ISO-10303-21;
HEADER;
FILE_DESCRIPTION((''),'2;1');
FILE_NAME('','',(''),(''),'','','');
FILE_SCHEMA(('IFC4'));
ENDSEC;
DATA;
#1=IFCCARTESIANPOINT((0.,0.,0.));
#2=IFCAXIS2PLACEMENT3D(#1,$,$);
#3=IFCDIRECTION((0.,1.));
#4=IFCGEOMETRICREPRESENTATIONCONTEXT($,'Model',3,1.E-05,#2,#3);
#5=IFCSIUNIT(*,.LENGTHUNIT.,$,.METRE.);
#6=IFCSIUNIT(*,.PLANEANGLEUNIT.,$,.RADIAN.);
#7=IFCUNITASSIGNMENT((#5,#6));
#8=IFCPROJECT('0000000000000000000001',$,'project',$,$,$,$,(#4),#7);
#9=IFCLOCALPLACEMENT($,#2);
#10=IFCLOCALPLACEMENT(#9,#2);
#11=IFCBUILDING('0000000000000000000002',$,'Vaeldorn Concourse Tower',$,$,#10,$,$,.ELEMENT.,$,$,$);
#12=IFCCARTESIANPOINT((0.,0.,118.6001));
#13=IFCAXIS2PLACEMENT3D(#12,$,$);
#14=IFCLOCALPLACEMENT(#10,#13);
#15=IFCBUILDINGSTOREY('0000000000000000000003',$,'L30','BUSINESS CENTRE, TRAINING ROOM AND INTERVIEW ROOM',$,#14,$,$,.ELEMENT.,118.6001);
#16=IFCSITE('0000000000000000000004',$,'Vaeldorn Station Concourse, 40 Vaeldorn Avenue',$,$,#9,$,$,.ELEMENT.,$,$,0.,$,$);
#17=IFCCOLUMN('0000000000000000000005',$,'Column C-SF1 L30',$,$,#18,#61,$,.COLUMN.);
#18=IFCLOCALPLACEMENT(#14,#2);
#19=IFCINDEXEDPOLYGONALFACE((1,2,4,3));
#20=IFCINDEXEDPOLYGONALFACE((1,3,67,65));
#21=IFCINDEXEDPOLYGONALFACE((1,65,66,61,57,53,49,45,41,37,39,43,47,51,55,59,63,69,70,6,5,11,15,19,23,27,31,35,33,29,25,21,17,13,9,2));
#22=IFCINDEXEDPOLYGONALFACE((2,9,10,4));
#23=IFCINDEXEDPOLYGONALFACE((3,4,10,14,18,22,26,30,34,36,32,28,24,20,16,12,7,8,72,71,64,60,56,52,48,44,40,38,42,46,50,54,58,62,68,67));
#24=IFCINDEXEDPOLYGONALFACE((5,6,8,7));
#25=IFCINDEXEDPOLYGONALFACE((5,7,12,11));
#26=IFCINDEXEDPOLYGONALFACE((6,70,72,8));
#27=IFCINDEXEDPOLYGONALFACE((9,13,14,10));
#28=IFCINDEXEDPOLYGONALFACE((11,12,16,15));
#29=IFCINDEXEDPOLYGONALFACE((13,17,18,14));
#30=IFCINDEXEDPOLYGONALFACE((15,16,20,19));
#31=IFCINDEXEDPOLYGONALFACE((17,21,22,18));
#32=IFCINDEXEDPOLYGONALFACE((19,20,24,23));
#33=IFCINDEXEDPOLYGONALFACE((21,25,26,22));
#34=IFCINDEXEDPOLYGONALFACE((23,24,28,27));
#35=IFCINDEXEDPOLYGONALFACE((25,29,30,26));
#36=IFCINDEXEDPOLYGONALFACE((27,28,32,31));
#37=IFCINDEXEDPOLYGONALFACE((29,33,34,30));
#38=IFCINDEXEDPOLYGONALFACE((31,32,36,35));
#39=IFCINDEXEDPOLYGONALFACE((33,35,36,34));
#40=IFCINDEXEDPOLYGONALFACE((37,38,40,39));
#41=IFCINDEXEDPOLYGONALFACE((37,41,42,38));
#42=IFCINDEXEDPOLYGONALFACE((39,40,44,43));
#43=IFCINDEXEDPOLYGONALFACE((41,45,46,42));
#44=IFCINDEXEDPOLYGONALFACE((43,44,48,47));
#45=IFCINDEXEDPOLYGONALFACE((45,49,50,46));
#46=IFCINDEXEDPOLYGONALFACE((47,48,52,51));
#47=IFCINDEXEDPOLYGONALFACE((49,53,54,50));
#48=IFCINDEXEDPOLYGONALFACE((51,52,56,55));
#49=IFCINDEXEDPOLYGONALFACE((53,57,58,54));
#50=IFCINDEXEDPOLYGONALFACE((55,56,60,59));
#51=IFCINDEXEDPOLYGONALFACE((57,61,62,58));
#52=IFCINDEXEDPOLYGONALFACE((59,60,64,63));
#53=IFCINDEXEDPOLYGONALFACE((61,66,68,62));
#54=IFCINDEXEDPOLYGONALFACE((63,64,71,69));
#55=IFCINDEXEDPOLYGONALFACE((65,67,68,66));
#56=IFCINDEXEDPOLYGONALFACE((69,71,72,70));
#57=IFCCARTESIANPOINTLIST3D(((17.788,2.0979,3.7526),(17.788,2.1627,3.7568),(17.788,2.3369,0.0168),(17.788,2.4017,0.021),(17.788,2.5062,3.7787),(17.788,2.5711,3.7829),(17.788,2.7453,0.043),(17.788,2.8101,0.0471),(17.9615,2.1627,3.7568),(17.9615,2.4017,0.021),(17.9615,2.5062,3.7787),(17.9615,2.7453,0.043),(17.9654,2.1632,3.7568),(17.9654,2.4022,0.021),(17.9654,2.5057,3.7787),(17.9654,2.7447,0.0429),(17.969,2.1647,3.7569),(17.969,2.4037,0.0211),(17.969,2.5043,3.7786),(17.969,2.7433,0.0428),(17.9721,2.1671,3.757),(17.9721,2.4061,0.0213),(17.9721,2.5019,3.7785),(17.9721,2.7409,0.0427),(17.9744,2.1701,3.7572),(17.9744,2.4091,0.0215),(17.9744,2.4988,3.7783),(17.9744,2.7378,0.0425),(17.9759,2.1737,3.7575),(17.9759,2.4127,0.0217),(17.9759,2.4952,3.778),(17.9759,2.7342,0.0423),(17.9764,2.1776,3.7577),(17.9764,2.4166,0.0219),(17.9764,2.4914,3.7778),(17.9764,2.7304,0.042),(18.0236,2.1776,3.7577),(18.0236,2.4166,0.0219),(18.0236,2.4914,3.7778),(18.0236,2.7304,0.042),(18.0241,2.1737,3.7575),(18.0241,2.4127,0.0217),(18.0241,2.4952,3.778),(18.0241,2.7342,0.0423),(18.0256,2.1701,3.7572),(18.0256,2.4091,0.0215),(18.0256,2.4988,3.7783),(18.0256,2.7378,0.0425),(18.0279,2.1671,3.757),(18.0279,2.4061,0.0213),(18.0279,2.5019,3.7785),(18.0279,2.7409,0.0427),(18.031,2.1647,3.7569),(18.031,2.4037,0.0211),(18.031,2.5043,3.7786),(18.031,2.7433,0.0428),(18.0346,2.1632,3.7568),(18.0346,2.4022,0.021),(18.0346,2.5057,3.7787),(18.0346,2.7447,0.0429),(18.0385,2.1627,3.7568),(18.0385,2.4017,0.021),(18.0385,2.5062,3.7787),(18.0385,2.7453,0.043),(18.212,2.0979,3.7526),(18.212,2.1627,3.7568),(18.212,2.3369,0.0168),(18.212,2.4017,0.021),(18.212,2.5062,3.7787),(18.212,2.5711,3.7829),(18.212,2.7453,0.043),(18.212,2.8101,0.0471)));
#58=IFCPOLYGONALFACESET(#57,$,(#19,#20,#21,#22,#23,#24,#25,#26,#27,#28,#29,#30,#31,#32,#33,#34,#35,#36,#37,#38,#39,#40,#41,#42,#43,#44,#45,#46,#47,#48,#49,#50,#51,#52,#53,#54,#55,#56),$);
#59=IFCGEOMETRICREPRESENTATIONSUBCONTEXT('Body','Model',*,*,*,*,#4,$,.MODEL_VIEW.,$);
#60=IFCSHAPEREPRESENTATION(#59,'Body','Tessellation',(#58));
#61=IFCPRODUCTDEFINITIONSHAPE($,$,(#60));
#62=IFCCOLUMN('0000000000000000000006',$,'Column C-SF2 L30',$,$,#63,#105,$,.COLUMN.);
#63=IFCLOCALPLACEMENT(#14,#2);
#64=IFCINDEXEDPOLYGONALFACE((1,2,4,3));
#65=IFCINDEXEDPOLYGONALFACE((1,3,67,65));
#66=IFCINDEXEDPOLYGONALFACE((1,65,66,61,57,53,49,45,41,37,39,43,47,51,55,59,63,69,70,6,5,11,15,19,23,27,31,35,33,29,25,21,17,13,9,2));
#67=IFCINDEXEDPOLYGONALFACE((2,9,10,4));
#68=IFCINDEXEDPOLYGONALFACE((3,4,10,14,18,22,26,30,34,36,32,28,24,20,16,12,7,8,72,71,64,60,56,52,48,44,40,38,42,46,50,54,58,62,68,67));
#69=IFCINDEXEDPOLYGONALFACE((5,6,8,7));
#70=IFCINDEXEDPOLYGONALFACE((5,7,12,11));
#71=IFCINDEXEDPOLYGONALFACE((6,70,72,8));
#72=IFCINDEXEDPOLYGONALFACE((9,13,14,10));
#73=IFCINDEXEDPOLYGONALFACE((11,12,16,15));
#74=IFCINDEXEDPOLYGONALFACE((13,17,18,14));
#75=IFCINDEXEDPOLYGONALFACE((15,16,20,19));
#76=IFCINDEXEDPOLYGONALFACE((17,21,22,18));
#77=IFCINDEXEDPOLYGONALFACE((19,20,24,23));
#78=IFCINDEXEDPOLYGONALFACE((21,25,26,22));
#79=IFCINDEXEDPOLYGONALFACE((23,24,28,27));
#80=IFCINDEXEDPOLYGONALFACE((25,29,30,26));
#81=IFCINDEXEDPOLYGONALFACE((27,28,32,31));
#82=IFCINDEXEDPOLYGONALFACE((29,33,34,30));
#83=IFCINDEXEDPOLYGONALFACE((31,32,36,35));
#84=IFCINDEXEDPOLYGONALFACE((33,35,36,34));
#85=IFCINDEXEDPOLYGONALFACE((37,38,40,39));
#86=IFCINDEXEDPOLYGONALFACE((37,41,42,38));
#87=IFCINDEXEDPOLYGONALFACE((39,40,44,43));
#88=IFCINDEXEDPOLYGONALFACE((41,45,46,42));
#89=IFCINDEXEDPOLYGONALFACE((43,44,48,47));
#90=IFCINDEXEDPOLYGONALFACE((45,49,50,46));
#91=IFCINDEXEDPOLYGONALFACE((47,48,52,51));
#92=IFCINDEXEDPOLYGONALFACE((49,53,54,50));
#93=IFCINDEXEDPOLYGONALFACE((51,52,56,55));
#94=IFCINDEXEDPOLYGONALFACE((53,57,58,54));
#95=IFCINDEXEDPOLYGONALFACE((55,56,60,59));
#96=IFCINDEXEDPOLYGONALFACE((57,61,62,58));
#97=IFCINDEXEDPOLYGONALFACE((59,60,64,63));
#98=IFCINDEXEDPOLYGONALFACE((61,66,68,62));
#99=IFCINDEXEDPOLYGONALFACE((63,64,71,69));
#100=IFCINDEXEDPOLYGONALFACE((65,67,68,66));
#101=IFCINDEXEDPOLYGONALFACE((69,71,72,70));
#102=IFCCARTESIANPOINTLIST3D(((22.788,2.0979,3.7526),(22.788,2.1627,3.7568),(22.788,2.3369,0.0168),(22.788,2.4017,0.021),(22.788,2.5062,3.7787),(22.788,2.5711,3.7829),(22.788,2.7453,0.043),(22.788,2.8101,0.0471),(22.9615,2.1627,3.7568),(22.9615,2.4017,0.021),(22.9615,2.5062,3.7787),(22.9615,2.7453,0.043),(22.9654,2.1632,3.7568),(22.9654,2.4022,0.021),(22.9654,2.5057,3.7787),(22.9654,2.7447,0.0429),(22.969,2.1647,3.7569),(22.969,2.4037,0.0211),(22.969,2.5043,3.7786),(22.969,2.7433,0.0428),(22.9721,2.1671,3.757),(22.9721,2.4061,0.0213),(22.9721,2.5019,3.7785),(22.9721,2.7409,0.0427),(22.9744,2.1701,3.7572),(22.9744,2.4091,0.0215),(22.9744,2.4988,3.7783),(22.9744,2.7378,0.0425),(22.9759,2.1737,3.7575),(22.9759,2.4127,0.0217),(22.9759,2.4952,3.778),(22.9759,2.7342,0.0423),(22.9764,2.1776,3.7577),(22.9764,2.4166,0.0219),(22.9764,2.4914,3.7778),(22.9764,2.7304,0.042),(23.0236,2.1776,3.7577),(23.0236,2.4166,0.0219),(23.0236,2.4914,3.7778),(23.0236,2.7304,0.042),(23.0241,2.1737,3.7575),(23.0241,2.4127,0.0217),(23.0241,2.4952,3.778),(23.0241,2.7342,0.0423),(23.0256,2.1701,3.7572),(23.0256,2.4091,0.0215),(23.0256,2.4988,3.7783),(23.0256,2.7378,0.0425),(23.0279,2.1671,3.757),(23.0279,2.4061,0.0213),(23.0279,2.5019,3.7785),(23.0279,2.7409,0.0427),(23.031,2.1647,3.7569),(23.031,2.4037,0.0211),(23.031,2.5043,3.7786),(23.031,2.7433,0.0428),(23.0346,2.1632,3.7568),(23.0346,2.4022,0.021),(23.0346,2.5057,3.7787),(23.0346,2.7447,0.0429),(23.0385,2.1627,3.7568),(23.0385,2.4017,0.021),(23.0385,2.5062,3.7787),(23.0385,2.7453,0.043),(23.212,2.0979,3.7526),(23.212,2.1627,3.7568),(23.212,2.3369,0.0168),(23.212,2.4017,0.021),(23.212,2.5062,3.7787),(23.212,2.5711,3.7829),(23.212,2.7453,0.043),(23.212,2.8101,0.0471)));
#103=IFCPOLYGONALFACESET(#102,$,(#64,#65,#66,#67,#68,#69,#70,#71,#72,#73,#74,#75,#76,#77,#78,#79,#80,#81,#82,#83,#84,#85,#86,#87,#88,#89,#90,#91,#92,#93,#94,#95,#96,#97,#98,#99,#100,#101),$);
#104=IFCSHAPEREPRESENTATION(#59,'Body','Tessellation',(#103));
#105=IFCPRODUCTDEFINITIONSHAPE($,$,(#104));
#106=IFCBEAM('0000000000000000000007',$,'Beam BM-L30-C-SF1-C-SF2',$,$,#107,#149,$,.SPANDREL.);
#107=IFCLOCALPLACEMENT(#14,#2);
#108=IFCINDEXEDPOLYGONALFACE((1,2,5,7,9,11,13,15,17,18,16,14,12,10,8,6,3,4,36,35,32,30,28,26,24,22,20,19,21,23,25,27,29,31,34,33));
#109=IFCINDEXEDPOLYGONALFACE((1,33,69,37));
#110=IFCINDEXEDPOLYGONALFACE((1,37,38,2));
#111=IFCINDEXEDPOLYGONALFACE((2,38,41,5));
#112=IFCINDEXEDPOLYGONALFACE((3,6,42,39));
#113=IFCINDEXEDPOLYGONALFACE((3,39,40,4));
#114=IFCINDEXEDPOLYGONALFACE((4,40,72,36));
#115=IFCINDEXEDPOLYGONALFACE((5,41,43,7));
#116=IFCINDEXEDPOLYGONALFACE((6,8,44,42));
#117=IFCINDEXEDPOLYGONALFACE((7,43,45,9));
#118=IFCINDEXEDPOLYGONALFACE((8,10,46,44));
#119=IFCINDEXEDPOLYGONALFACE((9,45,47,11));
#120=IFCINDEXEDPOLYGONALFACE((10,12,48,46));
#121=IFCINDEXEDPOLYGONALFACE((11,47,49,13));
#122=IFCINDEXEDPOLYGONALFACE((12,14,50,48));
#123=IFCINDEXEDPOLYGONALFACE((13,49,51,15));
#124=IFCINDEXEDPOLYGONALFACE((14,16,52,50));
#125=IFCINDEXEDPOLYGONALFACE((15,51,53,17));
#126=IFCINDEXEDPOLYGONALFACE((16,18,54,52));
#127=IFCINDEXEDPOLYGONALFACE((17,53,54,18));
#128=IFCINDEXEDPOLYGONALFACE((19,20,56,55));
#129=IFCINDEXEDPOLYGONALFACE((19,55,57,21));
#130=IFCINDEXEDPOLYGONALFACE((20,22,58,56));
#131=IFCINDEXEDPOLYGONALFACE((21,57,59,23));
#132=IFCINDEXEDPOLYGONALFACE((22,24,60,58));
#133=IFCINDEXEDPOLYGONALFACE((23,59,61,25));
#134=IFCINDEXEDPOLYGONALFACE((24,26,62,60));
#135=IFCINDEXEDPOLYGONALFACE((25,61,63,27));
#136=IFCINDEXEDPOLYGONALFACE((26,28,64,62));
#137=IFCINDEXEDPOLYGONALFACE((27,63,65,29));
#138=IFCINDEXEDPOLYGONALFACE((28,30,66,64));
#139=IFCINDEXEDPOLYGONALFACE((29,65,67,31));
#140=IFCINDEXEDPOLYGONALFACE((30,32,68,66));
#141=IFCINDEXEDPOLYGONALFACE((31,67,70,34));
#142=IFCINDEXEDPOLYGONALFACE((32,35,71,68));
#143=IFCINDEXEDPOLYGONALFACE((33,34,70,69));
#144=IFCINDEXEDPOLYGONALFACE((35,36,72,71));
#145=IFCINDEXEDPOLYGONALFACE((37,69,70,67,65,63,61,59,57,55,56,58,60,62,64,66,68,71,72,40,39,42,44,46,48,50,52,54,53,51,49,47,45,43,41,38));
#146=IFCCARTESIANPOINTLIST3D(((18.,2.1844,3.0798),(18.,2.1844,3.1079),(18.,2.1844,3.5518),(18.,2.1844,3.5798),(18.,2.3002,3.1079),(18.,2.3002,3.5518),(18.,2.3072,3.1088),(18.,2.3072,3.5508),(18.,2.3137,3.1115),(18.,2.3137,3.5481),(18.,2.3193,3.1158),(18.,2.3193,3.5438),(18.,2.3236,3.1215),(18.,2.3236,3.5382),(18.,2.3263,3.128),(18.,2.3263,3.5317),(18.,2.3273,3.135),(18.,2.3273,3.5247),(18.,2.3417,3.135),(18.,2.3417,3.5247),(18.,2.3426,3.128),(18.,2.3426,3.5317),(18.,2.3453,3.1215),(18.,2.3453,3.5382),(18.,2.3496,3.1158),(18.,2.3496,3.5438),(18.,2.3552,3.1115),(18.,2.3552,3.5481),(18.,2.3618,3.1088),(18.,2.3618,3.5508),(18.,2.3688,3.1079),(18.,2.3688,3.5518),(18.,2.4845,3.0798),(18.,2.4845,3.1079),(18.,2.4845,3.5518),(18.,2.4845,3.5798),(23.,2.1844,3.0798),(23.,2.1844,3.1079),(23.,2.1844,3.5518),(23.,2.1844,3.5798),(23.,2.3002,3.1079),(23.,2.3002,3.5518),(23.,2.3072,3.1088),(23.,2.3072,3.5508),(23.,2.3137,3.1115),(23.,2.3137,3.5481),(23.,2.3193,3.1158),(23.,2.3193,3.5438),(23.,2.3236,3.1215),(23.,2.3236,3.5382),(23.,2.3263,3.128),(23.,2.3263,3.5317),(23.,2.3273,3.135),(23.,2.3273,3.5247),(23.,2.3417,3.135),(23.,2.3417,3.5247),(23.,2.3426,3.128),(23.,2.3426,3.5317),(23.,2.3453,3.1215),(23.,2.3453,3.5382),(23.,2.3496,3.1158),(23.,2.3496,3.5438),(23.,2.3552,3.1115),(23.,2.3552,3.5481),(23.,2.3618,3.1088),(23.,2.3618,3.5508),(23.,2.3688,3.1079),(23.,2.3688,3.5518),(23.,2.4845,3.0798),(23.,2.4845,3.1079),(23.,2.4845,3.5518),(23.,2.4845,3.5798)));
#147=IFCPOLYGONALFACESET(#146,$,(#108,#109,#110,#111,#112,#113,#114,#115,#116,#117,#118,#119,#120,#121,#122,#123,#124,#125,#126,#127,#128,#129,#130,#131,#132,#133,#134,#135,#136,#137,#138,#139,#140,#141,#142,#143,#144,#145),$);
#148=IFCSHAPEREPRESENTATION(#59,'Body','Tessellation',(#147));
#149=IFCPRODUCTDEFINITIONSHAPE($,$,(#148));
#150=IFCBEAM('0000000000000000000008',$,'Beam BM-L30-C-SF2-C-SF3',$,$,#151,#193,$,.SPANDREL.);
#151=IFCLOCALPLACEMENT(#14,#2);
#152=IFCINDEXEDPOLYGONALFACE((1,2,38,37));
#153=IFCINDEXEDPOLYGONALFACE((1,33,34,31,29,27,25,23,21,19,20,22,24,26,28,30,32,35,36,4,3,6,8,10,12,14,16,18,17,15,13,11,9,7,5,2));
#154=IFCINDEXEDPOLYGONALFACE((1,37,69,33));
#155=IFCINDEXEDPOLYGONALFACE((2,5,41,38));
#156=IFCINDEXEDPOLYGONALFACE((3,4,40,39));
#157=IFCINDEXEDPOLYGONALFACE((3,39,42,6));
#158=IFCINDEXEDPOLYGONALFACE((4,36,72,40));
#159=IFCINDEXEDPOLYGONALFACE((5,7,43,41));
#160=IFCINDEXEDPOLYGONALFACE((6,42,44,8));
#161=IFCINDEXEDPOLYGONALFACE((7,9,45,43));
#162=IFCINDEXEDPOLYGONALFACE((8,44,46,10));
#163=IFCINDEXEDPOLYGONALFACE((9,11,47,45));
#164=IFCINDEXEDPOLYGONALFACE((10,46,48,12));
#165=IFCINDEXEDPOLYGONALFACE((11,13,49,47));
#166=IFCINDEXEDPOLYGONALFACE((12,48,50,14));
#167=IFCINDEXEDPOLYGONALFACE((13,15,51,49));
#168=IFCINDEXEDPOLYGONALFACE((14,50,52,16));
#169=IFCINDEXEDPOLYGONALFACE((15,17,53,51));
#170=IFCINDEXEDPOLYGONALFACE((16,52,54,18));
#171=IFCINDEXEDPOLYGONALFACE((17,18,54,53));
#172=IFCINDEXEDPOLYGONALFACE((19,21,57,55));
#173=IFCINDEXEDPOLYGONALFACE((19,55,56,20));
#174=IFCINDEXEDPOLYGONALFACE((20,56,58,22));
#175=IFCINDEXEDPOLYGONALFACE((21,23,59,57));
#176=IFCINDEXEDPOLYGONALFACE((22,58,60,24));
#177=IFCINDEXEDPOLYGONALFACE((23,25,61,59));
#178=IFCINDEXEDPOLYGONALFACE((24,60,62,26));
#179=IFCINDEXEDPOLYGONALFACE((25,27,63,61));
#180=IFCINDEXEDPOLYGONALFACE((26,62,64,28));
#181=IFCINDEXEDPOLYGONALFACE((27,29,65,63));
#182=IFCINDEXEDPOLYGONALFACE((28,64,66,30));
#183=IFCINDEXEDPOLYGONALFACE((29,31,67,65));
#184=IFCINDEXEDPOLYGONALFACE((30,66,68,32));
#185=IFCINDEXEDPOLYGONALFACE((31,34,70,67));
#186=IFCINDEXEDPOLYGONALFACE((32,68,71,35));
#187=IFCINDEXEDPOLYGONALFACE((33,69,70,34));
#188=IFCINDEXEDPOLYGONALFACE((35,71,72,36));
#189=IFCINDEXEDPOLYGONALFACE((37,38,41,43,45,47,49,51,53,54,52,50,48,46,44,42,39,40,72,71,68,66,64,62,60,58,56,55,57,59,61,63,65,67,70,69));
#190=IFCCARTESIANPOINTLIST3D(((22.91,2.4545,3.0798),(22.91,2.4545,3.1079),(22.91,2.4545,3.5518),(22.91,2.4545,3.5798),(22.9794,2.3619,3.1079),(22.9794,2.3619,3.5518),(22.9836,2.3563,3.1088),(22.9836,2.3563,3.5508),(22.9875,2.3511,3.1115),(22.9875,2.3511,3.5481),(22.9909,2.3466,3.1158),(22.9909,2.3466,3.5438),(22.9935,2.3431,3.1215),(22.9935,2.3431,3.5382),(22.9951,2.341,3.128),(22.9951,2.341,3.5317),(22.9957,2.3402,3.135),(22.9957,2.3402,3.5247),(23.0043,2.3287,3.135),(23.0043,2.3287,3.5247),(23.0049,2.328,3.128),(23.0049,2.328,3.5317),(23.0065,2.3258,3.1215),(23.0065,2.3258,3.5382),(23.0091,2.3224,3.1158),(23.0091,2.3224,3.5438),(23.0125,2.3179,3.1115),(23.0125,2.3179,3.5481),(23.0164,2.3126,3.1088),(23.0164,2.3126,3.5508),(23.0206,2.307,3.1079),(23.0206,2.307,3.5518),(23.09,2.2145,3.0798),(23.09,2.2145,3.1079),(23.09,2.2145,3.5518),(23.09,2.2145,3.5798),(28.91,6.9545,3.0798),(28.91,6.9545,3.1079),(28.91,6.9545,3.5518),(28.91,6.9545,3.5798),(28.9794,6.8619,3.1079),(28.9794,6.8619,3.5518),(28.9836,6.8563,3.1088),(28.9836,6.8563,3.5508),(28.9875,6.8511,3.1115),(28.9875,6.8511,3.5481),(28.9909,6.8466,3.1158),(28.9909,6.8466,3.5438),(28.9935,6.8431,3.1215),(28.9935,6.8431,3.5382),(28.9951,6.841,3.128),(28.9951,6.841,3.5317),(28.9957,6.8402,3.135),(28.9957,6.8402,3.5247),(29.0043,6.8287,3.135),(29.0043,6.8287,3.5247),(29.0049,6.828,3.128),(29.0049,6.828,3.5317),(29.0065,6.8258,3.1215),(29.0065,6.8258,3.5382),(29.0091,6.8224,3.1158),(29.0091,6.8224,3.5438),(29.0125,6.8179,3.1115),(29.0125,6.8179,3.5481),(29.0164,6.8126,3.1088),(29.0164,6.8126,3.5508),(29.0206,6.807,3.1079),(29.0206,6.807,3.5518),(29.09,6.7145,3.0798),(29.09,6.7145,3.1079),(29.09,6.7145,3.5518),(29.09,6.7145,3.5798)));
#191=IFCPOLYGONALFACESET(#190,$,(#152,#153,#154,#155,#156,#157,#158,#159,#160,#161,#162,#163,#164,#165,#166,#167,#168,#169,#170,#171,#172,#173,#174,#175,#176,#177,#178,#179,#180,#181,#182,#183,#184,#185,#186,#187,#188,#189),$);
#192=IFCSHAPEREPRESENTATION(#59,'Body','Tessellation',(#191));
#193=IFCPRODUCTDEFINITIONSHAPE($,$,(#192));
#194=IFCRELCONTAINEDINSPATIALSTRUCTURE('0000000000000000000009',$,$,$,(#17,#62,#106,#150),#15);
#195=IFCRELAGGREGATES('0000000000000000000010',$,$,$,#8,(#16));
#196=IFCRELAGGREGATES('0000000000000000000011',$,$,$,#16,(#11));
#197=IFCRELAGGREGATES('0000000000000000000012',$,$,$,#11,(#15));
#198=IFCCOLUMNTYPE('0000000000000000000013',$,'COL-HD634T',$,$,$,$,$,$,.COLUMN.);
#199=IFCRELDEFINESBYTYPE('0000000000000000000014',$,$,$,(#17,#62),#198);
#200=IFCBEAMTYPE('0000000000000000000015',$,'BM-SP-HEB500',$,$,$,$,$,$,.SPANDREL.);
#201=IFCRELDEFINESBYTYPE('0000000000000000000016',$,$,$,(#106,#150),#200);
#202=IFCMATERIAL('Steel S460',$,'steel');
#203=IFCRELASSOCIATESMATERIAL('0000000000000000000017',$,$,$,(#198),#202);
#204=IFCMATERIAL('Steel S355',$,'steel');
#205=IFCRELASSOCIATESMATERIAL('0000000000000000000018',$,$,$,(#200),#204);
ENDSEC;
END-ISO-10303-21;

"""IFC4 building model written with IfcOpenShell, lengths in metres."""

from ifc_helpers import new_model, si_unit, direction, frame, origin, origin_2d, place, context, subcontext, project, spatial, i_section, extrude, source, transform, mapped, material, material_profile, profile_set, type_object, element, save


model = new_model("IFC4")

# Units and contexts
model_context = context("Model", 3, precision=1e-05, world=origin(), true_north=direction((0.0, 1.0)))
body_context = subcontext(model_context, "Body", "Model", "MODEL_VIEW")
ifc_project = project(units=[si_unit("LENGTHUNIT", "METRE"), si_unit("PLANEANGLEUNIT", "RADIAN")], contexts=[model_context])

# Site, building, storey
site_placement = place(None, origin())
site = spatial("IfcSite", under=ifc_project, at=site_placement, Name="Vaeldorn Station Concourse, 40 Vaeldorn Avenue", CompositionType="ELEMENT", RefElevation=0.0)
building_placement = place(site_placement, origin())
building = spatial("IfcBuilding", under=site, at=building_placement, Name="Vaeldorn Concourse Tower", CompositionType="ELEMENT")
storey_placement = place(building_placement, frame((0.0, 0.0, 118.6001)))
storey = spatial("IfcBuildingStorey", under=building, at=storey_placement, Name="L30", Description="BUSINESS CENTRE, TRAINING ROOM AND INTERVIEW ROOM", CompositionType="ELEMENT", Elevation=118.6001)

# Columns
ifc_material_1 = material(Name="Steel S460", Category="steel")
ifc_material_profile_1 = material_profile(ifc_material_1, i_section(OverallWidth=0.4241, OverallDepth=0.4741, WebThickness=0.0471, FlangeThickness=0.0649, FilletRadius=0.0149, at=origin_2d()), Name="HD 400x634")
ifc_profile_set_1 = profile_set([ifc_material_profile_1], Name="Steel S460")
column_type = type_object("IfcColumnType", Name="COL-HD634T", PredefinedType="COLUMN", material=ifc_profile_set_1)
shared_shape_1 = source(origin(), body_context, "Body", "SweptSolid", [
    extrude(i_section(OverallWidth=0.4241, OverallDepth=0.4741, WebThickness=0.0471, FlangeThickness=0.0649, FilletRadius=0.0149, at=origin_2d()), origin(), (0.0, 0.0, 1.0), 3.7434),
])
for number, where, z_axis, x_axis, name in (
    (1, (18.0, 2.5735, 0.032), (0.0, -0.063848, 0.99796), (1.0, 0.0, 0.0), "Column C-SF1 L30"),
    (2, (23.0, 2.5735, 0.032), (0.0, -0.063848, 0.99796), (1.0, 0.0, 0.0), "Column C-SF2 L30"),
):
    element("IfcColumn", number, at=place(storey_placement, frame(where, z_axis=z_axis, x_axis=x_axis)), inside=storey, type_object=column_type, Name=name, PredefinedType="COLUMN", context=body_context, shape_type="MappedRepresentation", body=[
        mapped(shared_shape_1, transform((0.0, 0.0, 0.0), scale=1.0)),
    ])

# Beams
ifc_material_2 = material(Name="Steel S355", Category="steel")
ifc_material_profile_2 = material_profile(ifc_material_2, i_section(OverallWidth=0.3, OverallDepth=0.5, WebThickness=0.0144, FlangeThickness=0.0281, FilletRadius=0.0271, at=origin_2d()), Name="HEB 500")
ifc_profile_set_2 = profile_set([ifc_material_profile_2], Name="Steel S355")
beam_type_1 = type_object("IfcBeamType", Name="BM-SP-HEB500", PredefinedType="SPANDREL", material=ifc_profile_set_2)
shared_shape_2 = source(origin(), body_context, "Body", "SweptSolid", [
    extrude(i_section(OverallWidth=0.3, OverallDepth=0.5, WebThickness=0.0144, FlangeThickness=0.0281, FilletRadius=0.0271, at=origin_2d()), origin(), (0.0, 0.0, 1.0), 5.0),
])
beam_1_placement = place(storey_placement, frame((18.0, 2.3345, 3.3298), z_axis=(1.0, 0.0, 0.0), x_axis=(0.0, 1.0, 0.0)))
element("IfcBeam", 3, at=beam_1_placement, inside=storey, type_object=beam_type_1, Name="Beam BM-L30-C-SF1-C-SF2", PredefinedType="SPANDREL", context=body_context, shape_type="MappedRepresentation", body=[
    mapped(shared_shape_2, transform((0.0, 0.0, 0.0), scale=1.0)),
])
shared_shape_3 = source(origin(), body_context, "Body", "SweptSolid", [
    extrude(i_section(OverallWidth=0.3, OverallDepth=0.5, WebThickness=0.0144, FlangeThickness=0.0281, FilletRadius=0.0271, at=origin_2d()), origin(), (0.0, 0.0, 1.0), 7.5),
])
beam_2_placement = place(storey_placement, frame((23.0, 2.3345, 3.3298), z_axis=(0.8, 0.6, 0.0), x_axis=(-0.6, 0.8, 0.0)))
element("IfcBeam", 4, at=beam_2_placement, inside=storey, type_object=beam_type_1, Name="Beam BM-L30-C-SF2-C-SF3", PredefinedType="SPANDREL", context=body_context, shape_type="MappedRepresentation", body=[
    mapped(shared_shape_3, transform((0.0, 0.0, 0.0), scale=1.0)),
])

save(model, "model.ifc")
